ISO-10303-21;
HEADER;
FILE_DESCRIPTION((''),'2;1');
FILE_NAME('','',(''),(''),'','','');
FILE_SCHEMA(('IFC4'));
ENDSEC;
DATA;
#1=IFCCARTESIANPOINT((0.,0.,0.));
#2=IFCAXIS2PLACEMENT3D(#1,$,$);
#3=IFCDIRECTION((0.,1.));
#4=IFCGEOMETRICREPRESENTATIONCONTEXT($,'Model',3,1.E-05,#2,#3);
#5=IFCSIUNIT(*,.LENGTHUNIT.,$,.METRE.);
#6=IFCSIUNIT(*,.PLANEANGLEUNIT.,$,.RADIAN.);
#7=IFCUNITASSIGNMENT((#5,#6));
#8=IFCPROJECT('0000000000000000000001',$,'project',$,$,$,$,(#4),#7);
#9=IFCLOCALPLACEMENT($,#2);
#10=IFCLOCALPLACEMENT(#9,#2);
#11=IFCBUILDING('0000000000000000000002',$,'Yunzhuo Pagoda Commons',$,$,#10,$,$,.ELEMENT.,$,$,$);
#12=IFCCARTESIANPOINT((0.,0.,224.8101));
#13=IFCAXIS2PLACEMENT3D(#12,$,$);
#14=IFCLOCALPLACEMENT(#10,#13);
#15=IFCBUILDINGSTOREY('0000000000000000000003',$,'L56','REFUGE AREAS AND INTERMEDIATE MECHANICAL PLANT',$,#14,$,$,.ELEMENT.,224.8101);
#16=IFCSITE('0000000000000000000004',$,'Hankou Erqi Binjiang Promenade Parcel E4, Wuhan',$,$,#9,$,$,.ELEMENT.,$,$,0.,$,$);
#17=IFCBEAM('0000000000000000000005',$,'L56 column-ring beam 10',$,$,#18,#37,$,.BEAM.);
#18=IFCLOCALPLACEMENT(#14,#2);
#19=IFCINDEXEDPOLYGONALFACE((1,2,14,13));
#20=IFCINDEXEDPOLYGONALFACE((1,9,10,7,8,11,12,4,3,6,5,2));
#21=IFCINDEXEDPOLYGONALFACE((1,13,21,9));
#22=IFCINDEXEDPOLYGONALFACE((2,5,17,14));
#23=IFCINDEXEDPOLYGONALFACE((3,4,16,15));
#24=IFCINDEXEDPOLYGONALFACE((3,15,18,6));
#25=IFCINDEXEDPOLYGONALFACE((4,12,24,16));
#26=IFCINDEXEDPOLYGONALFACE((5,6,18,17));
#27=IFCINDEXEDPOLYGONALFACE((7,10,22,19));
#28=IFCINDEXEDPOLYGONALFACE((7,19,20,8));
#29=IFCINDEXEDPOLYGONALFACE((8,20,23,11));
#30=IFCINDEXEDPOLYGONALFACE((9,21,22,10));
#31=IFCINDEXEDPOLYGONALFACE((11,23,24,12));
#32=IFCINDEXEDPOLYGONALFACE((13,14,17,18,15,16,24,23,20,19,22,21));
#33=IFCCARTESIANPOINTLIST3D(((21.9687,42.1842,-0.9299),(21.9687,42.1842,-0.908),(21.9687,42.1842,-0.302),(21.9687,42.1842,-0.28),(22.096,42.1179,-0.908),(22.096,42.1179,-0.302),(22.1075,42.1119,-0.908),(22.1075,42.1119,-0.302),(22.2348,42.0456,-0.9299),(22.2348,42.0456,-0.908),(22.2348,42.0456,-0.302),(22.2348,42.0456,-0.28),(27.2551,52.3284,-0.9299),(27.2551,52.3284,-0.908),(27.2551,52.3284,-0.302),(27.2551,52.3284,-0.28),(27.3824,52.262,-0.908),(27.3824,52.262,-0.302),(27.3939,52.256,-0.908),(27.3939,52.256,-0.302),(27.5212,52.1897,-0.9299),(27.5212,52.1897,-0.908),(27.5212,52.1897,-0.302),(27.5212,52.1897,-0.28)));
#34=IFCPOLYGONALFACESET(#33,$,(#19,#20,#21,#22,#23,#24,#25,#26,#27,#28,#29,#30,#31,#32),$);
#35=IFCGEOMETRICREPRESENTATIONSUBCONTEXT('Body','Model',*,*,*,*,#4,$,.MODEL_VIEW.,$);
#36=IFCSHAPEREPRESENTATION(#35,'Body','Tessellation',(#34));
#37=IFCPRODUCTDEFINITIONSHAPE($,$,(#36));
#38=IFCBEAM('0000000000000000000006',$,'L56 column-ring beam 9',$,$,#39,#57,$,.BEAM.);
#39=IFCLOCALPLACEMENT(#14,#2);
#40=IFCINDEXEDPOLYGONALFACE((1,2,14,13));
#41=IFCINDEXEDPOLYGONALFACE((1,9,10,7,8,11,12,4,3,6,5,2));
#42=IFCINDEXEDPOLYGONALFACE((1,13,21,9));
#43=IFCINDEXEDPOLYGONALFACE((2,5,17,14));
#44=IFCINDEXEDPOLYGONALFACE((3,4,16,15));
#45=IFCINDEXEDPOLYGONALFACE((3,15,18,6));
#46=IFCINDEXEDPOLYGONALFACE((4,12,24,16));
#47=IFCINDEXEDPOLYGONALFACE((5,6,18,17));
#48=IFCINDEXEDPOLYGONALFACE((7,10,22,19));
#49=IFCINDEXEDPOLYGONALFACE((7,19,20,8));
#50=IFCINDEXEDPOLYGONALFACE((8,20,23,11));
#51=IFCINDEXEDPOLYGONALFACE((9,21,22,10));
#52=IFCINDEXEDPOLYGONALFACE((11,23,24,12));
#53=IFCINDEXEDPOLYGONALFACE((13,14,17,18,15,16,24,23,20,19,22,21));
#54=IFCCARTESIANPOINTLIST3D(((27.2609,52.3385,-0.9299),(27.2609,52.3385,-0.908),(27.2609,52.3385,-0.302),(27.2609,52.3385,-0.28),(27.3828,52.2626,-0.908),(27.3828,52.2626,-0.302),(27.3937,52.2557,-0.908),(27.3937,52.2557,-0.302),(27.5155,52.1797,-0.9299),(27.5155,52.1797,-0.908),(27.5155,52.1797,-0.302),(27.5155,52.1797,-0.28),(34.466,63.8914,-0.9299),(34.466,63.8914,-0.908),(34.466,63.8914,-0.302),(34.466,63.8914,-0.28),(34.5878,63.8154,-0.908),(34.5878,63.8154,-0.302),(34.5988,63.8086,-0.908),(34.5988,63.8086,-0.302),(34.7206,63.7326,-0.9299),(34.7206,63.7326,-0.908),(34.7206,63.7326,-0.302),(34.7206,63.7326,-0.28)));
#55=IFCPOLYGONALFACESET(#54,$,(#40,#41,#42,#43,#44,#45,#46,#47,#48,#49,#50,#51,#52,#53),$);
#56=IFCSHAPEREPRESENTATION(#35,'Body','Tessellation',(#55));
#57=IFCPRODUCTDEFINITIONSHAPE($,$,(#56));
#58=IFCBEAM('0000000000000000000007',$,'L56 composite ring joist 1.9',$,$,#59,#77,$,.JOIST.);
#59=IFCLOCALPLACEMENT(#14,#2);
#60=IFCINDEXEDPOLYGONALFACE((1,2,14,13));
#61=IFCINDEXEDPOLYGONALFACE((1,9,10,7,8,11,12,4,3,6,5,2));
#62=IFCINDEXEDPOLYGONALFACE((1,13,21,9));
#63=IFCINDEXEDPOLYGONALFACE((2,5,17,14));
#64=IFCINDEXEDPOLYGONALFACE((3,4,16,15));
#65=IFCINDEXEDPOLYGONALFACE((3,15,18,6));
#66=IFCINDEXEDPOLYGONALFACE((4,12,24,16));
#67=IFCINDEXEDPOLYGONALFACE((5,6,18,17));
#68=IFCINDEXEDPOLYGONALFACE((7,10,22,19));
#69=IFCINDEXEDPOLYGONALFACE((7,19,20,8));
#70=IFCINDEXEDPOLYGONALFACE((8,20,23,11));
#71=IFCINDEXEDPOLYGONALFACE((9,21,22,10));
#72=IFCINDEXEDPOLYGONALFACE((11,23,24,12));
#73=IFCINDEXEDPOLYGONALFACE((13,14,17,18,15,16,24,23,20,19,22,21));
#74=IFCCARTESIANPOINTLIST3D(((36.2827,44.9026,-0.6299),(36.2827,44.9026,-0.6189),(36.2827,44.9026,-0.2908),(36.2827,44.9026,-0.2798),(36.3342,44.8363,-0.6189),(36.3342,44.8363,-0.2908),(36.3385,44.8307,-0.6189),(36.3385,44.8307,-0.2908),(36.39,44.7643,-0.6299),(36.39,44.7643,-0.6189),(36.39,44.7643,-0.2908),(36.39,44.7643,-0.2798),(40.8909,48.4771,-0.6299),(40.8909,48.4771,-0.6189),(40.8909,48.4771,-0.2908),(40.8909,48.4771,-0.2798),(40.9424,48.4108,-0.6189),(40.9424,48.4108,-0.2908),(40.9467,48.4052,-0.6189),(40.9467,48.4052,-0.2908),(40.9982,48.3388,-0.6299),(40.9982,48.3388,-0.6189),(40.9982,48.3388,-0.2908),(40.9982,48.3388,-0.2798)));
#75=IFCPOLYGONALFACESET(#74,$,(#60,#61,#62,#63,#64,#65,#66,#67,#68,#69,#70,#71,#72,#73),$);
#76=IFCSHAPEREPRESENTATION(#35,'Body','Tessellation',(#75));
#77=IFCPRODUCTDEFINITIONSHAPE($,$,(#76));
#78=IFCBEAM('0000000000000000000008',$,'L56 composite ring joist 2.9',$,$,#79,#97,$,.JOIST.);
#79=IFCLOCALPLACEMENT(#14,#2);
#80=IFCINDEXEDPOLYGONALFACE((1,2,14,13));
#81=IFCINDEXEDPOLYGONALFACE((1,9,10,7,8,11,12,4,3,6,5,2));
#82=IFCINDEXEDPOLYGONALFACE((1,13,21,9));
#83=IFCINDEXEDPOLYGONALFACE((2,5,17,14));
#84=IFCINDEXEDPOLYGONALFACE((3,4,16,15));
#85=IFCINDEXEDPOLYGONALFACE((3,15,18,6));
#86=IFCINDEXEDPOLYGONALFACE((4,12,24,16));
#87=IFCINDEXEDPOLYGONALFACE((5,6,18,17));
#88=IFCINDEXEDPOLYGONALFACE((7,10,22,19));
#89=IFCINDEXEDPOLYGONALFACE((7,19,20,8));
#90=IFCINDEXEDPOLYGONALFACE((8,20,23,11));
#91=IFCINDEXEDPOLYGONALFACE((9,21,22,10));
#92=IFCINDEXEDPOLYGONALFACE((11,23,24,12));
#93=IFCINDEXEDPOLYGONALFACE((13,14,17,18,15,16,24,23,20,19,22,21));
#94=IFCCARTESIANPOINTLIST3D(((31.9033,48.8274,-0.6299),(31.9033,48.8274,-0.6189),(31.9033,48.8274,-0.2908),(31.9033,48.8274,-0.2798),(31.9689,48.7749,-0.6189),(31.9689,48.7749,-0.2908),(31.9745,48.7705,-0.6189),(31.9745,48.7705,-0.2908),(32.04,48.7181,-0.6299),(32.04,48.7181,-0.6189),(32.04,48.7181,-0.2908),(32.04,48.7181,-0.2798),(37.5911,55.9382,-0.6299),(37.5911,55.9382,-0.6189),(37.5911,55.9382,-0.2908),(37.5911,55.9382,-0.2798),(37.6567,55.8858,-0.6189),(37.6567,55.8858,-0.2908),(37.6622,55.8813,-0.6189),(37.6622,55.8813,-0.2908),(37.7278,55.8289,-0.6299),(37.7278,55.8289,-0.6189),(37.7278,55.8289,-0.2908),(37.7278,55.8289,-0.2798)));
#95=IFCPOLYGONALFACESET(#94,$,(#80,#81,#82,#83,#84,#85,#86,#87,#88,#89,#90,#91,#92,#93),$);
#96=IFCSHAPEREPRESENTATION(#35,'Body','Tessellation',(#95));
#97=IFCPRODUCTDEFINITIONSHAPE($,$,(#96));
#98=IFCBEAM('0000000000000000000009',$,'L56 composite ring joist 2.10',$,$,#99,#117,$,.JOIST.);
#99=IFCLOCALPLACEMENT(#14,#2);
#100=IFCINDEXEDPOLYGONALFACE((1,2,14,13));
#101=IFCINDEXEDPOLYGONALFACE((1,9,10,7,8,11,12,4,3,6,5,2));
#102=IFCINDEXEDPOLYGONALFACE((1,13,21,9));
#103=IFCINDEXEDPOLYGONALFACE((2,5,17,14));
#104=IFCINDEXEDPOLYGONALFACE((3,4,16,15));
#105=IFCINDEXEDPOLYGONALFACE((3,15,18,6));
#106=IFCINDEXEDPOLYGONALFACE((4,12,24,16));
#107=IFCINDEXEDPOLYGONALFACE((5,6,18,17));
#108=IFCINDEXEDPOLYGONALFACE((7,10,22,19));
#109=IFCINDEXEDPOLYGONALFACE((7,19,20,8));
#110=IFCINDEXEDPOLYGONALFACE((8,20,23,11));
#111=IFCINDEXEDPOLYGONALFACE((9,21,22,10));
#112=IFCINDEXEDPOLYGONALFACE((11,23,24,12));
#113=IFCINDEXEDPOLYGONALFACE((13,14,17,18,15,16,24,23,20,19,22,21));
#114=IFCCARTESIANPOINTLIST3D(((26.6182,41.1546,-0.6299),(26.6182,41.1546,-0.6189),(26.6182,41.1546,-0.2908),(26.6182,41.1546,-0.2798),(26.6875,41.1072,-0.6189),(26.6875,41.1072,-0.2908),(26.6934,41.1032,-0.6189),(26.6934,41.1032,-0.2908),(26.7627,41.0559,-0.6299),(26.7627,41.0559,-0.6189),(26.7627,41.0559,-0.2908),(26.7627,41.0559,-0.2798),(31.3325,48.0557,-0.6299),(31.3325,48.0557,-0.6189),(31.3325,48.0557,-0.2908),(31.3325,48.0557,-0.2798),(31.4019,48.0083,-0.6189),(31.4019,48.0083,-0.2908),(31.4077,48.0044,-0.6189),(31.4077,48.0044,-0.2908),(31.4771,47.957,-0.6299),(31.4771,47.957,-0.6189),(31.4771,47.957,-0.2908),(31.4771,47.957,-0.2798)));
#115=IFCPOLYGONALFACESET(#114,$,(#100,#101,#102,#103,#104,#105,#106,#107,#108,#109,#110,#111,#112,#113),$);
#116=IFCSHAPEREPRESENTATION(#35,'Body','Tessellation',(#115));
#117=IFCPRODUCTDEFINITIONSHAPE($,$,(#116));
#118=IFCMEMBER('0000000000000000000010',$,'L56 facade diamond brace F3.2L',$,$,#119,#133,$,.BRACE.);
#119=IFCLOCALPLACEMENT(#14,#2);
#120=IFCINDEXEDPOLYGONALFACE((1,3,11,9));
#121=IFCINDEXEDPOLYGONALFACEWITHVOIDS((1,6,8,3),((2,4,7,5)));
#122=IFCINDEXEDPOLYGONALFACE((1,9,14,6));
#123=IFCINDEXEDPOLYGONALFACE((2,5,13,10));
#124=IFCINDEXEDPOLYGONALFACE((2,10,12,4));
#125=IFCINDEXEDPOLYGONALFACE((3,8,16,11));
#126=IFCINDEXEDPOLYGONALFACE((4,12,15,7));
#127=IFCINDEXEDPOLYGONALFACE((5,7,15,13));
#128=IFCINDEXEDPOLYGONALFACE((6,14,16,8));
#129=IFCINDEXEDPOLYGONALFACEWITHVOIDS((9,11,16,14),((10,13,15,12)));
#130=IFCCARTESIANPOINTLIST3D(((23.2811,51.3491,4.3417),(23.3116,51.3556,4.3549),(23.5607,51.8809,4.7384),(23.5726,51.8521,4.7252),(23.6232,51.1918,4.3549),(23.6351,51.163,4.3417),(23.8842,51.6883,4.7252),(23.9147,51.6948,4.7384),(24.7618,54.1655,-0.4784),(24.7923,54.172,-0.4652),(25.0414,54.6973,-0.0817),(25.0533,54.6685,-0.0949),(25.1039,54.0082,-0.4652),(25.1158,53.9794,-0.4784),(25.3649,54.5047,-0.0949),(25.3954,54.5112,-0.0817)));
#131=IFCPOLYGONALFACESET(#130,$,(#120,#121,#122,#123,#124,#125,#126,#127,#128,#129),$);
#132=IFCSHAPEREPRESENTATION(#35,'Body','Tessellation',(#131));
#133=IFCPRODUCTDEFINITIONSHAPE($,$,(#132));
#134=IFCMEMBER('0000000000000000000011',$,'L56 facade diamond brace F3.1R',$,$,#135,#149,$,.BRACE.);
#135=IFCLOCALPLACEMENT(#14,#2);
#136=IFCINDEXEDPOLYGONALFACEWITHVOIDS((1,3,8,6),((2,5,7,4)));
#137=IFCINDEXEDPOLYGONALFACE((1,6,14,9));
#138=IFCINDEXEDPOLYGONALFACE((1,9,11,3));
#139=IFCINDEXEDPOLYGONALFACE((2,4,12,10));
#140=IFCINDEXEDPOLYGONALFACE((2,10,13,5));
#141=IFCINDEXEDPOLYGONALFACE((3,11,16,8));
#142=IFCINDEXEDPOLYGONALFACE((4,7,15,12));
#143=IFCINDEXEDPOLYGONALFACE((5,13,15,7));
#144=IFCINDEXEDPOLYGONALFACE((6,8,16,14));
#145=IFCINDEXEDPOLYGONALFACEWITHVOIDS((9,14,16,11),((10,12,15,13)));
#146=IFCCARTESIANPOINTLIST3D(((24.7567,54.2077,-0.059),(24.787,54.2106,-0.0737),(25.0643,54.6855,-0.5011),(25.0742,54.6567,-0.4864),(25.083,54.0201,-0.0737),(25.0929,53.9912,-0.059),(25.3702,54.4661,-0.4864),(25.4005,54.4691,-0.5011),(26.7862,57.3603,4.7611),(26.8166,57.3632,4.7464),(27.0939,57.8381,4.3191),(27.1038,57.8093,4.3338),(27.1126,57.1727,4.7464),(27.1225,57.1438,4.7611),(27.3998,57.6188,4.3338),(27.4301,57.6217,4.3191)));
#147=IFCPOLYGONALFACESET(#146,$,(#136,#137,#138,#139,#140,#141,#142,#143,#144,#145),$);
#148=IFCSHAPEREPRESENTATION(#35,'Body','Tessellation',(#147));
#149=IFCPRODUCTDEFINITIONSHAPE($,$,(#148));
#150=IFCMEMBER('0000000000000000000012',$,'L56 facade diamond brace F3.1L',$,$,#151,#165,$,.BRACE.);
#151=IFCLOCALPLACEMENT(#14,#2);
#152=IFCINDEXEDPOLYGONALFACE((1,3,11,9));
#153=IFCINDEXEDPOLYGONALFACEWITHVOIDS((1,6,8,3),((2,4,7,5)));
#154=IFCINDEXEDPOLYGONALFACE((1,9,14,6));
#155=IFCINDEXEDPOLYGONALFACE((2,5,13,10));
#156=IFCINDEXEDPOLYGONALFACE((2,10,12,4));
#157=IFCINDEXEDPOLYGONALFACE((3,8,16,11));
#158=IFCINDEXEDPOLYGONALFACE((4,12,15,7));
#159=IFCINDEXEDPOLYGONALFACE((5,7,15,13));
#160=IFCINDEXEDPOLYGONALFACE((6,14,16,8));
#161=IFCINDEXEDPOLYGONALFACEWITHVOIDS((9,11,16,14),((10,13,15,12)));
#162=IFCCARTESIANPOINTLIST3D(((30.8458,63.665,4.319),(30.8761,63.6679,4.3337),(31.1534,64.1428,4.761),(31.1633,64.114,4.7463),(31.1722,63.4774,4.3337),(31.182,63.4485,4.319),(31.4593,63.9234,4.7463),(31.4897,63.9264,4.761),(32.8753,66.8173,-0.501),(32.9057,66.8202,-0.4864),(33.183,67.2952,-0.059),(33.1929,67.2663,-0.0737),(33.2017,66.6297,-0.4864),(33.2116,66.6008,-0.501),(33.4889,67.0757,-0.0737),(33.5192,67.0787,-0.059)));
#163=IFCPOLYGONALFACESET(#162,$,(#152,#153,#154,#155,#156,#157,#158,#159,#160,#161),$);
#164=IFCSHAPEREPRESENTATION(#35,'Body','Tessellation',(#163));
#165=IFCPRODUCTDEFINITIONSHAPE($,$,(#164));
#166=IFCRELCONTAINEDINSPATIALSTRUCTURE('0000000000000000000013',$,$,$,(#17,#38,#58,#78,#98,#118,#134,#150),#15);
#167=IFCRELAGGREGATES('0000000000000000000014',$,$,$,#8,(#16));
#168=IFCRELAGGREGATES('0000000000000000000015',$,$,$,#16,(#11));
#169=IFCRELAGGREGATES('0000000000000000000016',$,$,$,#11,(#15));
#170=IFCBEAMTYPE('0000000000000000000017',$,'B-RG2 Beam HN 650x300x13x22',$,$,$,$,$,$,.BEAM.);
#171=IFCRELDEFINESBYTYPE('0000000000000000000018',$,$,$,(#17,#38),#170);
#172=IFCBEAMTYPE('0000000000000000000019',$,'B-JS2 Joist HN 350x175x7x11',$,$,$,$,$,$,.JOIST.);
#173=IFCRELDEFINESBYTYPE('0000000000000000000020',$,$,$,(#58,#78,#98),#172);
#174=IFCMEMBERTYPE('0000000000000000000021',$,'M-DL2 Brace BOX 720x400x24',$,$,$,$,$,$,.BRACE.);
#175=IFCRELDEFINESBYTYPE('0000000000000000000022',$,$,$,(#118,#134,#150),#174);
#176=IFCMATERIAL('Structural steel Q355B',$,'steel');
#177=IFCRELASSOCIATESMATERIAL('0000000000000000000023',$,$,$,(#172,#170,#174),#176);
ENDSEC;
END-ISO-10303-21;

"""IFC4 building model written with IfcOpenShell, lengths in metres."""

from ifc_helpers import new_model, si_unit, direction, frame, origin, origin_2d, place, context, subcontext, project, spatial, hollow_rectangle, i_section, extrude, source, transform, mapped, material, material_profile, profile_set, type_object, element, save


model = new_model("IFC4")

# Units and contexts
model_context = context("Model", 3, precision=1e-05, world=origin(), true_north=direction((0.0, 1.0)))
body_context = subcontext(model_context, "Body", "Model", "MODEL_VIEW")
ifc_project = project(units=[si_unit("LENGTHUNIT", "METRE"), si_unit("PLANEANGLEUNIT", "RADIAN")], contexts=[model_context])

# Site, building, storey
site_placement = place(None, origin())
site = spatial("IfcSite", under=ifc_project, at=site_placement, Name="Hankou Erqi Binjiang Promenade Parcel E4, Wuhan", CompositionType="ELEMENT", RefElevation=0.0)
building_placement = place(site_placement, origin())
building = spatial("IfcBuilding", under=site, at=building_placement, Name="Yunzhuo Pagoda Commons", CompositionType="ELEMENT")
storey_placement = place(building_placement, frame((0.0, 0.0, 224.8101)))
storey = spatial("IfcBuildingStorey", under=building, at=storey_placement, Name="L56", Description="REFUGE AREAS AND INTERMEDIATE MECHANICAL PLANT", CompositionType="ELEMENT", Elevation=224.8101)

# Shared definitions
ifc_material_1 = material(Name="Structural steel Q355B", Category="steel")

# Beams
ifc_material_profile_1 = material_profile(ifc_material_1, i_section(OverallWidth=0.175, OverallDepth=0.3501, WebThickness=0.0071, FlangeThickness=0.011, at=origin_2d()), Name="Structural steel Q355B")
ifc_profile_set_1 = profile_set([ifc_material_profile_1], Name="Structural steel Q355B")
beam_type_1 = type_object("IfcBeamType", Name="B-JS2 Joist HN 350x175x7x11", PredefinedType="JOIST", material=ifc_profile_set_1)
ifc_material_profile_2 = material_profile(ifc_material_1, i_section(OverallWidth=0.3, OverallDepth=0.6499, WebThickness=0.0129, FlangeThickness=0.022, at=origin_2d()), Name="Structural steel Q355B")
ifc_profile_set_2 = profile_set([ifc_material_profile_2], Name="Structural steel Q355B")
beam_type_2 = type_object("IfcBeamType", Name="B-RG2 Beam HN 650x300x13x22", PredefinedType="BEAM", material=ifc_profile_set_2)
shared_shape_1 = source(origin(), body_context, "Body", "SweptSolid", [
    extrude(i_section(OverallWidth=0.3, OverallDepth=0.6499, WebThickness=0.0129, FlangeThickness=0.022, at=origin_2d()), origin(), (0.0, 0.0, 1.0), 11.439),
])
beam_1_placement = place(storey_placement, frame((27.3882, 52.259, -0.605), z_axis=(-0.462142, -0.886806, 0.0), x_axis=(0.886806, -0.462142, 0.0)))
element("IfcBeam", 1, at=beam_1_placement, inside=storey, type_object=beam_type_2, Name="L56 column-ring beam 10", PredefinedType="BEAM", context=body_context, shape_type="MappedRepresentation", body=[
    mapped(shared_shape_1, transform((0.0, 0.0, 0.0), scale=1.0)),
])
shared_shape_2 = source(origin(), body_context, "Body", "SweptSolid", [
    extrude(i_section(OverallWidth=0.3, OverallDepth=0.6499, WebThickness=0.0129, FlangeThickness=0.022, at=origin_2d()), origin(), (0.0, 0.0, 1.0), 13.6155),
])
beam_2_placement = place(storey_placement, frame((34.5933, 63.812, -0.605), z_axis=(-0.529178, -0.848511, 0.0), x_axis=(0.848511, -0.529178, 0.0)))
element("IfcBeam", 2, at=beam_2_placement, inside=storey, type_object=beam_type_2, Name="L56 column-ring beam 9", PredefinedType="BEAM", context=body_context, shape_type="MappedRepresentation", body=[
    mapped(shared_shape_2, transform((0.0, 0.0, 0.0), scale=1.0)),
])
shared_shape_3 = source(origin(), body_context, "Body", "SweptSolid", [
    extrude(i_section(OverallWidth=0.175, OverallDepth=0.3501, WebThickness=0.0071, FlangeThickness=0.011, at=origin_2d()), origin(), (0.0, 0.0, 1.0), 5.832),
])
beam_3_placement = place(storey_placement, frame((40.9446, 48.408, -0.4548), z_axis=(-0.790154, -0.612908, 0.0), x_axis=(0.612908, -0.790154, 0.0)))
element("IfcBeam", 3, at=beam_3_placement, inside=storey, type_object=beam_type_1, Name="L56 composite ring joist 1.9", PredefinedType="JOIST", context=body_context, shape_type="MappedRepresentation", body=[
    mapped(shared_shape_3, transform((0.0, 0.0, 0.0), scale=1.0)),
])
shared_shape_4 = source(origin(), body_context, "Body", "SweptSolid", [
    extrude(i_section(OverallWidth=0.175, OverallDepth=0.3501, WebThickness=0.0071, FlangeThickness=0.011, at=origin_2d()), origin(), (0.0, 0.0, 1.0), 9.1057),
])
beam_4_placement = place(storey_placement, frame((37.6594, 55.8835, -0.4548), z_axis=(-0.624633, -0.780919, 0.0), x_axis=(0.780919, -0.624633, 0.0)))
element("IfcBeam", 4, at=beam_4_placement, inside=storey, type_object=beam_type_1, Name="L56 composite ring joist 2.9", PredefinedType="JOIST", context=body_context, shape_type="MappedRepresentation", body=[
    mapped(shared_shape_4, transform((0.0, 0.0, 0.0), scale=1.0)),
])
shared_shape_5 = source(origin(), body_context, "Body", "SweptSolid", [
    extrude(i_section(OverallWidth=0.175, OverallDepth=0.3501, WebThickness=0.0071, FlangeThickness=0.011, at=origin_2d()), origin(), (0.0, 0.0, 1.0), 8.3577),
])
beam_5_placement = place(storey_placement, frame((31.4048, 48.0063, -0.4548), z_axis=(-0.564075, -0.825723, 0.0), x_axis=(0.825723, -0.564075, 0.0)))
element("IfcBeam", 5, at=beam_5_placement, inside=storey, type_object=beam_type_1, Name="L56 composite ring joist 2.10", PredefinedType="JOIST", context=body_context, shape_type="MappedRepresentation", body=[
    mapped(shared_shape_5, transform((0.0, 0.0, 0.0), scale=1.0)),
])

# Members
ifc_material_profile_3 = material_profile(ifc_material_1, hollow_rectangle(XDim=0.3999, YDim=0.72, WallThickness=0.0239, at=origin_2d()), Name="Structural steel Q355B")
ifc_profile_set_3 = profile_set([ifc_material_profile_3], Name="Structural steel Q355B")
member_type = type_object("IfcMemberType", Name="M-DL2 Brace BOX 720x400x24", PredefinedType="BRACE", material=ifc_profile_set_3)
shared_shape_6 = source(origin(), body_context, "Body", "SweptSolid", [
    extrude(hollow_rectangle(XDim=0.3999, YDim=0.72, WallThickness=0.0239, at=origin_2d()), origin(), (0.0, 0.0, 1.0), 5.7756),
])
member_1_placement = place(storey_placement, frame((25.0786, 54.3384, -0.28), z_axis=(-0.256373, -0.487638, 0.834555), x_axis=(0.885126, -0.465351, 0.0)))
element("IfcMember", 6, at=member_1_placement, inside=storey, type_object=member_type, Name="L56 facade diamond brace F3.2L", PredefinedType="BRACE", context=body_context, shape_type="MappedRepresentation", body=[
    mapped(shared_shape_6, transform((0.0, 0.0, 0.0), scale=1.0)),
])
shared_shape_7 = source(origin(), body_context, "Body", "SweptSolid", [
    extrude(hollow_rectangle(XDim=0.3999, YDim=0.72, WallThickness=0.0239, at=origin_2d()), origin(), (0.0, 0.0, 1.0), 6.1067),
])
member_2_placement = place(storey_placement, frame((25.0786, 54.3384, -0.28), z_axis=(0.332351, 0.516257, 0.789317), x_axis=(-0.840829, 0.5413, 0.0)))
element("IfcMember", 7, at=member_2_placement, inside=storey, type_object=member_type, Name="L56 facade diamond brace F3.1R", PredefinedType="BRACE", context=body_context, shape_type="MappedRepresentation", body=[
    mapped(shared_shape_7, transform((0.0, 0.0, 0.0), scale=1.0)),
])
shared_shape_8 = source(origin(), body_context, "Body", "SweptSolid", [
    extrude(hollow_rectangle(XDim=0.3999, YDim=0.72, WallThickness=0.0239, at=origin_2d()), origin(), (0.0, 0.0, 1.0), 6.1064),
])
member_3_placement = place(storey_placement, frame((33.1973, 66.948, -0.28), z_axis=(-0.332357, -0.516227, 0.789334), x_axis=(0.84081, -0.54133, 0.0)))
element("IfcMember", 8, at=member_3_placement, inside=storey, type_object=member_type, Name="L56 facade diamond brace F3.1L", PredefinedType="BRACE", context=body_context, shape_type="MappedRepresentation", body=[
    mapped(shared_shape_8, transform((0.0, 0.0, 0.0), scale=1.0)),
])

save(model, "model.ifc")
